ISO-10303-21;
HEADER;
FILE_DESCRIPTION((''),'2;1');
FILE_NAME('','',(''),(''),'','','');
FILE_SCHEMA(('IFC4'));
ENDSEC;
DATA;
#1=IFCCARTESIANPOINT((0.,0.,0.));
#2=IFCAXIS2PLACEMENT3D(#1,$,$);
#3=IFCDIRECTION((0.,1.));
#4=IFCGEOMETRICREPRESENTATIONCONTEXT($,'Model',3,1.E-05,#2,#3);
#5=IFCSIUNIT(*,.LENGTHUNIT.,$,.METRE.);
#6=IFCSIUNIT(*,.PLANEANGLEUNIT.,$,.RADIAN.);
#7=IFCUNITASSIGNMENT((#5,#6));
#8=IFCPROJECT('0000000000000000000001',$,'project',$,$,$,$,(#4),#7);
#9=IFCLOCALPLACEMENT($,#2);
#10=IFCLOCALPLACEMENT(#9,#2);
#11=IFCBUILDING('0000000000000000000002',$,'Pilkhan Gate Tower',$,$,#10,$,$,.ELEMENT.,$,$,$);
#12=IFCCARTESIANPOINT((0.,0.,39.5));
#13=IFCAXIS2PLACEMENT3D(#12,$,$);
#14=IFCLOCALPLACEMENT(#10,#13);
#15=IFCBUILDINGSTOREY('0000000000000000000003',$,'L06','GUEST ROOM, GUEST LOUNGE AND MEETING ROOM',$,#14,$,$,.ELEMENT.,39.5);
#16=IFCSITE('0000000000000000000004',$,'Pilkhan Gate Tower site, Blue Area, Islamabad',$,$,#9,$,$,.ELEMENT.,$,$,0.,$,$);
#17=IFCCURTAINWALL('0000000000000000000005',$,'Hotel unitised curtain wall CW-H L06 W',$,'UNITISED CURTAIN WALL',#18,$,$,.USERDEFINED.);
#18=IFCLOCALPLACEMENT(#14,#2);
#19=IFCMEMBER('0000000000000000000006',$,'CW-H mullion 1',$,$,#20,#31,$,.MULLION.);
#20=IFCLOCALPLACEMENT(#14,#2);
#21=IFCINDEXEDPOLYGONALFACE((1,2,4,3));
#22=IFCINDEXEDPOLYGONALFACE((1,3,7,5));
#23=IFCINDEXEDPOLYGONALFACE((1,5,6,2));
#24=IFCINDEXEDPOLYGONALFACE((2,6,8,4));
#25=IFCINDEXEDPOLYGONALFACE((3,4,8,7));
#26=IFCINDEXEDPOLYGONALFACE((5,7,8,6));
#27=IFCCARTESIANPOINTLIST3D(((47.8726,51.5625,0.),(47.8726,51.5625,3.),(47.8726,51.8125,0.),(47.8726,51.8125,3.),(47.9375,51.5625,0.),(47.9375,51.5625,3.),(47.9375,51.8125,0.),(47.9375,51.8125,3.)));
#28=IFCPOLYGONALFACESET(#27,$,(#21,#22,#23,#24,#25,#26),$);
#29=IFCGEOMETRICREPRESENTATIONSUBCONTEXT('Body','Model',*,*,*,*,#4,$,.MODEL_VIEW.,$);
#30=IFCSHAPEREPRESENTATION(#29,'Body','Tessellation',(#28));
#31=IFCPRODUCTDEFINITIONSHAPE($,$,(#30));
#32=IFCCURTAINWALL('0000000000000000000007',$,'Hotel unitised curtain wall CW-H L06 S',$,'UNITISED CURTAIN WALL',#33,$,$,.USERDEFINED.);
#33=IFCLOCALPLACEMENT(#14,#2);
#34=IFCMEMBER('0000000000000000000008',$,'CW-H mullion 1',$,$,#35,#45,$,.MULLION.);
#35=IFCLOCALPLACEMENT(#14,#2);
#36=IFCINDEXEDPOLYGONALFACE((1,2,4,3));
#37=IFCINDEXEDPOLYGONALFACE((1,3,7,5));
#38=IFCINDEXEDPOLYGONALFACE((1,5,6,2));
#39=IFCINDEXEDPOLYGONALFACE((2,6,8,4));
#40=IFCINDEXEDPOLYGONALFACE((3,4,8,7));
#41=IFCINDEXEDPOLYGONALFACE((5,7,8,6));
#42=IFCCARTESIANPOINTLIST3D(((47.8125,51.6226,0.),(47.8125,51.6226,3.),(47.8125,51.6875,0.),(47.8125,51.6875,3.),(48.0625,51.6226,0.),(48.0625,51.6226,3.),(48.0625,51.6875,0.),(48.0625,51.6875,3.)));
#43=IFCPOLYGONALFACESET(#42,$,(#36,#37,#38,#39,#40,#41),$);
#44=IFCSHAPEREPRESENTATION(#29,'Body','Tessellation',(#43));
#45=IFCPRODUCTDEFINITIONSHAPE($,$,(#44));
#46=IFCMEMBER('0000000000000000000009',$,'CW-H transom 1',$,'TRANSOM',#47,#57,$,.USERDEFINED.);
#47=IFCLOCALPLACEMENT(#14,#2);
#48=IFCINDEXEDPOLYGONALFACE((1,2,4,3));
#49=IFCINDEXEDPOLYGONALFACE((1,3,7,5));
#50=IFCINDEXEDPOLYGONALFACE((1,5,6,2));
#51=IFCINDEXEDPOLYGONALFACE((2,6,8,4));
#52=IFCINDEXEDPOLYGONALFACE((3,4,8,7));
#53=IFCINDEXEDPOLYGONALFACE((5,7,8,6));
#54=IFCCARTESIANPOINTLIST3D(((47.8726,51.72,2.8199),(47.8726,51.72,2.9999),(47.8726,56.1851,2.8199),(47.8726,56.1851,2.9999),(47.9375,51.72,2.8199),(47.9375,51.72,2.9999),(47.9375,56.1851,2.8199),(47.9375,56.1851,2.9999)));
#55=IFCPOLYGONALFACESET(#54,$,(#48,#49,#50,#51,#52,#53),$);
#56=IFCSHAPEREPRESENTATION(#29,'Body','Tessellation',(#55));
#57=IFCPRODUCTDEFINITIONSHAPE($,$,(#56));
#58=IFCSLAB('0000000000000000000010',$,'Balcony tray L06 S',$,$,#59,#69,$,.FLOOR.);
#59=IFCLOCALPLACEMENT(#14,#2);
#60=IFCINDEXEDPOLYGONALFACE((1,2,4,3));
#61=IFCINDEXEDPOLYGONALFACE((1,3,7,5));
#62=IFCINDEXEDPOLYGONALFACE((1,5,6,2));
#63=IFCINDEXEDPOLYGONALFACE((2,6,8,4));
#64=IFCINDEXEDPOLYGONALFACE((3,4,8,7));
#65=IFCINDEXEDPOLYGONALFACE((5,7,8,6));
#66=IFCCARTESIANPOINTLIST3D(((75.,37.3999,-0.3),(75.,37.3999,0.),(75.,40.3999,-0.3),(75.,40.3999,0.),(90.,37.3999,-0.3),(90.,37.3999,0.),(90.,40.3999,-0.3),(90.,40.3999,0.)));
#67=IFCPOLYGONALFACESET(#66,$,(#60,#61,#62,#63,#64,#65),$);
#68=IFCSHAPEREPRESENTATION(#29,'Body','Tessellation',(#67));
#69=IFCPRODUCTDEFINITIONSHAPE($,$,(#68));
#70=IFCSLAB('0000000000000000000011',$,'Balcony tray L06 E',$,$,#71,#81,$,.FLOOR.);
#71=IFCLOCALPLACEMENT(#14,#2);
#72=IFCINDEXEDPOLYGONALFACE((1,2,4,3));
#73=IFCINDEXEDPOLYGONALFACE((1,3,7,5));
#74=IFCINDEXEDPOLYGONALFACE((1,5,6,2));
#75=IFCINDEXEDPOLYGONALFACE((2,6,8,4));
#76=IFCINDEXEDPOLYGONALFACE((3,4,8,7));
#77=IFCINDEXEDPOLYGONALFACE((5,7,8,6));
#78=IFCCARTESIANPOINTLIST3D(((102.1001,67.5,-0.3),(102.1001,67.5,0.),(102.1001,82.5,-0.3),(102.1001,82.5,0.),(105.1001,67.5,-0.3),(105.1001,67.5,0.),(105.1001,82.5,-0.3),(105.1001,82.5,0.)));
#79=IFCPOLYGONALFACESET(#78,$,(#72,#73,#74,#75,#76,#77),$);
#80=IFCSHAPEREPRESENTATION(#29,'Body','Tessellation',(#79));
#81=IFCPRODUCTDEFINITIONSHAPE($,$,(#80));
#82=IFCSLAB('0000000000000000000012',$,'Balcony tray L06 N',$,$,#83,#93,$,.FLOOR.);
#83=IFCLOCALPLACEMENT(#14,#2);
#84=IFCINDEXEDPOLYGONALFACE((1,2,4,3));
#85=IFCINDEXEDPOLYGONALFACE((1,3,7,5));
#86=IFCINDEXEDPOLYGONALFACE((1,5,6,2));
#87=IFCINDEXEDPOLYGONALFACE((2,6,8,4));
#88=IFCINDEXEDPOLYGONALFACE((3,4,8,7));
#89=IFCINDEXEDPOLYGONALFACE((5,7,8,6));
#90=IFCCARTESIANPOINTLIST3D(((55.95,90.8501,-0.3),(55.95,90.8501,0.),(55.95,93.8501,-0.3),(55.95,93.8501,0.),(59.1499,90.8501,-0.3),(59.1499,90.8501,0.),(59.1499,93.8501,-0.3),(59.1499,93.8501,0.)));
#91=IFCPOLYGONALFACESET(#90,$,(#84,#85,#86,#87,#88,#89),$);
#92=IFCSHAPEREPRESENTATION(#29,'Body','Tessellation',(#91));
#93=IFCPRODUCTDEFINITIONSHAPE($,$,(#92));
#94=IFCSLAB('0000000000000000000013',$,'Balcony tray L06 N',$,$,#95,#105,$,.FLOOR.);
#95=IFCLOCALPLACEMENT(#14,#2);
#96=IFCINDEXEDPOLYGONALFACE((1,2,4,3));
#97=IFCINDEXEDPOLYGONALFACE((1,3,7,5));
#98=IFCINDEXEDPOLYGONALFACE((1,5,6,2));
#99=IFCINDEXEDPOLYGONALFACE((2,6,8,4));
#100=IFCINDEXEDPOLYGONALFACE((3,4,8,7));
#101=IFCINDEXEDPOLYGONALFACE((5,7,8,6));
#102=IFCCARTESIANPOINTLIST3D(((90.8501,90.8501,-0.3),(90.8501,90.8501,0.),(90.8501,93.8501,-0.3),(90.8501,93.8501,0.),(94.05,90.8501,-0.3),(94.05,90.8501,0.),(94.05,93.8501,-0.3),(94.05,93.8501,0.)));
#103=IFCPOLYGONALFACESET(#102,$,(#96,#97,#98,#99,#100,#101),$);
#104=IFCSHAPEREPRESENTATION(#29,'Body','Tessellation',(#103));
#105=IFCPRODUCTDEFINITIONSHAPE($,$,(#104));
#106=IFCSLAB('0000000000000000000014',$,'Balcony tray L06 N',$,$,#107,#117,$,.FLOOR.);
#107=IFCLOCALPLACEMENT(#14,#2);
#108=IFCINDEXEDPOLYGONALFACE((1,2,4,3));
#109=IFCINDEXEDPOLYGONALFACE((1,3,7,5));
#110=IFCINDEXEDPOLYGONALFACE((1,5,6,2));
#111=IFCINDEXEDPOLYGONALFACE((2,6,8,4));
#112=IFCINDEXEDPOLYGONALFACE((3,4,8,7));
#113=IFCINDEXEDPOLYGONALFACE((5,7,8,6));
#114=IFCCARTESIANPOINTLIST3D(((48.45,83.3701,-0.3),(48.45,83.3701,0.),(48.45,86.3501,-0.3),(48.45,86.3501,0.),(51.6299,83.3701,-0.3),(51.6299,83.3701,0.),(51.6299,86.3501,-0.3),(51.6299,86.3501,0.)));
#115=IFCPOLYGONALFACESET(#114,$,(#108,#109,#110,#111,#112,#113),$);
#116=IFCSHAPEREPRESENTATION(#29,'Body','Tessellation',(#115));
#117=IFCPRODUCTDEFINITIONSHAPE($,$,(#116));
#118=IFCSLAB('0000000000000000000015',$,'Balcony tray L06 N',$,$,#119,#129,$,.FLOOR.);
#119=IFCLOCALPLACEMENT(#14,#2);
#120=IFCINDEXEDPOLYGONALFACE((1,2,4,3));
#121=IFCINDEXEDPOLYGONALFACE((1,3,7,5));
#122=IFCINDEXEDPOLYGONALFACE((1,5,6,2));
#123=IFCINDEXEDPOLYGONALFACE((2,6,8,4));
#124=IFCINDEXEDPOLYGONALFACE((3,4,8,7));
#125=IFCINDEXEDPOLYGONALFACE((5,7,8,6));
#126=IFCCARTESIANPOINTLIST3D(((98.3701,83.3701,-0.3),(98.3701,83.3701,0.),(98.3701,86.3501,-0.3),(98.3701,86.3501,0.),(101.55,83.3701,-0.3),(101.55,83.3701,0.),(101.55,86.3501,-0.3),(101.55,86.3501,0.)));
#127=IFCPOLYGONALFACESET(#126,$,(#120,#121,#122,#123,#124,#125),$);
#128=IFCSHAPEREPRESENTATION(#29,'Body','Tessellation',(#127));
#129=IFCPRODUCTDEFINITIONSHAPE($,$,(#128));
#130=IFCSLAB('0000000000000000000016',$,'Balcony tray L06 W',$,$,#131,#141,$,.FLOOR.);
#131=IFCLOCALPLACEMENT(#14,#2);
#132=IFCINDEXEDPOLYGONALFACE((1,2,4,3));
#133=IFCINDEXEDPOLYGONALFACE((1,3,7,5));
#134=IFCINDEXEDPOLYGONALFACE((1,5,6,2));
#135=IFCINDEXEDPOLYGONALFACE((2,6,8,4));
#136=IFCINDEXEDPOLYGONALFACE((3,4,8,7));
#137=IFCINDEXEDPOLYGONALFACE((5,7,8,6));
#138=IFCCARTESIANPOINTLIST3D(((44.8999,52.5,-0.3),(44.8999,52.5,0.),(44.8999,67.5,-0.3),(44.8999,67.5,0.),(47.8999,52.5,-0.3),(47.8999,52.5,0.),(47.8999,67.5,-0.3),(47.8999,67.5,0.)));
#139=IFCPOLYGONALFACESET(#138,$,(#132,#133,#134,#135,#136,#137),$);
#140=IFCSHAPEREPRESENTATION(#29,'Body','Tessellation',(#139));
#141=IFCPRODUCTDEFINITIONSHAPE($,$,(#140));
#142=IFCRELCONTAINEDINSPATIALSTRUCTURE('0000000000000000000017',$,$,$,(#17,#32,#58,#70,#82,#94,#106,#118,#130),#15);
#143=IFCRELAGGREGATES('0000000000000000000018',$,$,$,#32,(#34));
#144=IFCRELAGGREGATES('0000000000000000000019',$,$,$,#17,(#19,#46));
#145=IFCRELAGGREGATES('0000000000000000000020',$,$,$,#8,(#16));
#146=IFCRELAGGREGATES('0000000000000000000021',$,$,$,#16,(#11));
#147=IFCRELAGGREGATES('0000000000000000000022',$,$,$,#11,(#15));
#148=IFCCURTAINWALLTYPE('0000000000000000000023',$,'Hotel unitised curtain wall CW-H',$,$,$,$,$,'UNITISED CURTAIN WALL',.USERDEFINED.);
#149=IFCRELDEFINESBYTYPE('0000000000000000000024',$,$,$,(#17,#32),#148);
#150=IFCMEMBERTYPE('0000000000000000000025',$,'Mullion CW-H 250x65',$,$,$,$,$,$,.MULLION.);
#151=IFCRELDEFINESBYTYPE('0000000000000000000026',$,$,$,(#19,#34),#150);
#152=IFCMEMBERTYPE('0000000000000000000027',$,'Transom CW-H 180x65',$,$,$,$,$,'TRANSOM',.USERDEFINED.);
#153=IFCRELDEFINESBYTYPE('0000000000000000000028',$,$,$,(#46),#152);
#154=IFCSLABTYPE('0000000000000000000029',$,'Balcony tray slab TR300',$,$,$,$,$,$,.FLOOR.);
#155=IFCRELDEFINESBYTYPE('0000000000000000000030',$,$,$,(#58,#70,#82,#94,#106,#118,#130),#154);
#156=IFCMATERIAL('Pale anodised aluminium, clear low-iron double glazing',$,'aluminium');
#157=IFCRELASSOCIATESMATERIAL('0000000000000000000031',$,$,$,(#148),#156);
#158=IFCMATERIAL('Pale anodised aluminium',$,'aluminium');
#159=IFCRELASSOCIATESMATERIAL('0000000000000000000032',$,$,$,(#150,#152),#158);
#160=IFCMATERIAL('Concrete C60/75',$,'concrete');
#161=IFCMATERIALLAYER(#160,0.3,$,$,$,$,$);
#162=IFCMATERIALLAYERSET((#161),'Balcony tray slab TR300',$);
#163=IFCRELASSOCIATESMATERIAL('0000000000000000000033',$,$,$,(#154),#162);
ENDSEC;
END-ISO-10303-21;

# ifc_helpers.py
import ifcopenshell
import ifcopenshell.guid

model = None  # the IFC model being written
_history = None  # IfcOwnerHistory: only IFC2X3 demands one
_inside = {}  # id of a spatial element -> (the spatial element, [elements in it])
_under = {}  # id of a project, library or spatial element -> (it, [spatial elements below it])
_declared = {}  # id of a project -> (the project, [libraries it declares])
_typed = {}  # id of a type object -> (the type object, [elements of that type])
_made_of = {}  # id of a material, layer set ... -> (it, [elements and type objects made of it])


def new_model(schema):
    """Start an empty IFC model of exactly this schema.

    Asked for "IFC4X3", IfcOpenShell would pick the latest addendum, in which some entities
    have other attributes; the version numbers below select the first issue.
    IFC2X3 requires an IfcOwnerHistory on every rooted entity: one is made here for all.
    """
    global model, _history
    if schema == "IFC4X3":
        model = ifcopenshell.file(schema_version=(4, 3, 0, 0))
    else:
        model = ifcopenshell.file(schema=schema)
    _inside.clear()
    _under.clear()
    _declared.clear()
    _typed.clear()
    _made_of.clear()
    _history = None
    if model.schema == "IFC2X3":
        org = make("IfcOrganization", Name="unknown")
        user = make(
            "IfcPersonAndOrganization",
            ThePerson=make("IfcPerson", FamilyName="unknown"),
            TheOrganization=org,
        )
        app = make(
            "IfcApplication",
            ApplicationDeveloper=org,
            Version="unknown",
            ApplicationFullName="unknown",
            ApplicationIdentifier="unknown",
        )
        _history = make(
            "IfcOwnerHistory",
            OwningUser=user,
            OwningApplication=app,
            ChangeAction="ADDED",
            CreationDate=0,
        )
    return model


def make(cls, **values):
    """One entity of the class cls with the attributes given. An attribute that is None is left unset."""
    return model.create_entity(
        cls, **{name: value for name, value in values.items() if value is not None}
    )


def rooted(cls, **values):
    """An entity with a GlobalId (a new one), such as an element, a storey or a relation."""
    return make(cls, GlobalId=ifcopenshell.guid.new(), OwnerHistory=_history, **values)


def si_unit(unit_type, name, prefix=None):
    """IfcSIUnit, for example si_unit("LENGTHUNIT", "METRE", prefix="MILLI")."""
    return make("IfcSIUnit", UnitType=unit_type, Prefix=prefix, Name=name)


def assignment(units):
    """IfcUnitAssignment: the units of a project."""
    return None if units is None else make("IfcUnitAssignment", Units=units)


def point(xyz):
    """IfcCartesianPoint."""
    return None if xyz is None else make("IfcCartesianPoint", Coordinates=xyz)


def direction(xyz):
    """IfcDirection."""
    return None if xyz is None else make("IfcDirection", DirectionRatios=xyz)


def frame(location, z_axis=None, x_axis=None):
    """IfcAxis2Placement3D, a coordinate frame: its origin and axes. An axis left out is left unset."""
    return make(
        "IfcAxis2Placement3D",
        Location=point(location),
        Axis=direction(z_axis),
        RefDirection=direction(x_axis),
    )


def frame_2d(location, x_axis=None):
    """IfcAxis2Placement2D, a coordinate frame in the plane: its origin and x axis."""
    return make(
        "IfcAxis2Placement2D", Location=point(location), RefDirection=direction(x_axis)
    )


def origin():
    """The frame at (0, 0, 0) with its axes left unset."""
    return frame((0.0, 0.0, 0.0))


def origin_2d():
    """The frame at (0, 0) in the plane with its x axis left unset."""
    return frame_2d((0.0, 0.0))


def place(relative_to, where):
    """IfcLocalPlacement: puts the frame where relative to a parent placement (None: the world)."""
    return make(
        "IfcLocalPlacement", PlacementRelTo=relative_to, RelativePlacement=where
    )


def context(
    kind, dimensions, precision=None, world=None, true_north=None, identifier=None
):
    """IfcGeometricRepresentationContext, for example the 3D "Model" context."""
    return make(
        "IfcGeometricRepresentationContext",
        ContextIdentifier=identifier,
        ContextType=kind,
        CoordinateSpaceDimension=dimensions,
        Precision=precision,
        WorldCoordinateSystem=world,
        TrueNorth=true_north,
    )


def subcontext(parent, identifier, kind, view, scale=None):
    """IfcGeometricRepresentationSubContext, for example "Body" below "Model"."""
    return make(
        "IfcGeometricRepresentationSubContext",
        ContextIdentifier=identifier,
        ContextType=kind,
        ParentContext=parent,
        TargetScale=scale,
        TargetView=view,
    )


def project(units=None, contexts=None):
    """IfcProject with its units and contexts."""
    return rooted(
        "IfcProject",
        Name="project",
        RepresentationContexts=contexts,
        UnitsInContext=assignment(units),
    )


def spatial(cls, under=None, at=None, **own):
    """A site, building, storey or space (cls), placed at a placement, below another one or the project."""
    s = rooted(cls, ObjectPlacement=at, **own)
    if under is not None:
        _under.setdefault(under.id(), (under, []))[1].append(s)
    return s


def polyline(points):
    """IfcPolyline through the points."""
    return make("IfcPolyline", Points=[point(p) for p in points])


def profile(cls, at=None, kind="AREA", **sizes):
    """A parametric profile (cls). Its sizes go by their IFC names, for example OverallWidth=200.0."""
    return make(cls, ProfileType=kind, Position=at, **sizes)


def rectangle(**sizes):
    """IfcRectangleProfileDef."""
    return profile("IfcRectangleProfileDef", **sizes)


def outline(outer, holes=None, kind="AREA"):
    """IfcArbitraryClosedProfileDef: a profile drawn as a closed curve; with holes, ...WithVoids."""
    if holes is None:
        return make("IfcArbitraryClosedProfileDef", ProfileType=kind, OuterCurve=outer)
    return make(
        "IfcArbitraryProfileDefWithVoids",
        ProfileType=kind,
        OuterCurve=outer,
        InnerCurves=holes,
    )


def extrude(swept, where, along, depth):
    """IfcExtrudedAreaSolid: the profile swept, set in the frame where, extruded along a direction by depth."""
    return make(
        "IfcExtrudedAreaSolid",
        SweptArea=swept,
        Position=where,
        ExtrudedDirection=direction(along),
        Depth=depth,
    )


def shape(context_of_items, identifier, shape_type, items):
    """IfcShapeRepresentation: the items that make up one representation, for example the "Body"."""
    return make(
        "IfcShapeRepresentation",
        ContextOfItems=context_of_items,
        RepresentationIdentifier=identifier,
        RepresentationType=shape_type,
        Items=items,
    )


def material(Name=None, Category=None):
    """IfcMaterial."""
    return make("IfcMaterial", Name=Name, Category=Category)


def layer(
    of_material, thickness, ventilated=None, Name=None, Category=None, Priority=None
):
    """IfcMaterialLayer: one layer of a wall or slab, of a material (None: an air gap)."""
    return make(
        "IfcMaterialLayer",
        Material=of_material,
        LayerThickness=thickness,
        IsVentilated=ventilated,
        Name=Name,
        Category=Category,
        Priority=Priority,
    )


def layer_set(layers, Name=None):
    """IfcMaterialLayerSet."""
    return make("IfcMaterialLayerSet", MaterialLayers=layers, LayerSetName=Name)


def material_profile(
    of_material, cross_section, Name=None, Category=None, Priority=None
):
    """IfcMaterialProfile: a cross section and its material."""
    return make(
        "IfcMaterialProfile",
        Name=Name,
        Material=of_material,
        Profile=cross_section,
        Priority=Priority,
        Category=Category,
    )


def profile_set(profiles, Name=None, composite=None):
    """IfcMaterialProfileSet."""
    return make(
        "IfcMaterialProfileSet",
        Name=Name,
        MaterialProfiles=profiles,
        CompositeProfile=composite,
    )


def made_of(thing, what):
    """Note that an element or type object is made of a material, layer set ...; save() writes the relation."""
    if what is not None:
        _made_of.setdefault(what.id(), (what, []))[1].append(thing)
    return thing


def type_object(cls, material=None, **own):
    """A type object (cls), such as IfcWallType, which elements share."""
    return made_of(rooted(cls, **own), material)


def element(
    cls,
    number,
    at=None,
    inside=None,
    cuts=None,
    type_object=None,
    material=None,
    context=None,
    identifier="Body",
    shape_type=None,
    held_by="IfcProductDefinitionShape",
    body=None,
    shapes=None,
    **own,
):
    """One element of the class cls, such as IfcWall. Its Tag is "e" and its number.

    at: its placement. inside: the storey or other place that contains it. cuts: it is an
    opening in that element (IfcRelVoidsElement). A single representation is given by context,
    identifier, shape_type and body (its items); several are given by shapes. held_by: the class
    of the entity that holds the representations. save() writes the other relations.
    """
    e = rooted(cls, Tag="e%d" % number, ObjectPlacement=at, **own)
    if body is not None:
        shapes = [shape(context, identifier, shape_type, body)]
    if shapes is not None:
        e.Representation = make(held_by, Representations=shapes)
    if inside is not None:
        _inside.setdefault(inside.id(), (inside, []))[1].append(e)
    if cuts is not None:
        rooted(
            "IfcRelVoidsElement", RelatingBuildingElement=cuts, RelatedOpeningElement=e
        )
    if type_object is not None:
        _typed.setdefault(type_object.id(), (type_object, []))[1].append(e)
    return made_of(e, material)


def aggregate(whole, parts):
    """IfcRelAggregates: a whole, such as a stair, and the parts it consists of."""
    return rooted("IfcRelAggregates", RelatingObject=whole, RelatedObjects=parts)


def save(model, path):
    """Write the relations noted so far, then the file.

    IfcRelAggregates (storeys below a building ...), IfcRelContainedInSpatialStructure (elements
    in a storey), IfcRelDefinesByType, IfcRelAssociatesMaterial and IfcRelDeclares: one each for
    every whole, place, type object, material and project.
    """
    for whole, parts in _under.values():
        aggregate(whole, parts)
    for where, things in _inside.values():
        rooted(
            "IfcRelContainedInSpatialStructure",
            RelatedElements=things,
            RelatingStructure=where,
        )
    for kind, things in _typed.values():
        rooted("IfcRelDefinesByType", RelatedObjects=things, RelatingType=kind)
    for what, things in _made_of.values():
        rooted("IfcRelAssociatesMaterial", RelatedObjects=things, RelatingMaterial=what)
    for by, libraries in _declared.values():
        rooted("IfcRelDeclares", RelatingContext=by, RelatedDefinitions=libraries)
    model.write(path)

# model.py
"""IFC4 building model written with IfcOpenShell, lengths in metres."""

from ifc_helpers import new_model, si_unit, direction, frame, origin, origin_2d, place, context, subcontext, project, spatial, polyline, rectangle, outline, extrude, material, layer, layer_set, material_profile, profile_set, type_object, element, aggregate, save


model = new_model("IFC4")

# Units and contexts
model_context = context("Model", 3, precision=1e-05, world=origin(), true_north=direction((0.0, 1.0)))
body_context = subcontext(model_context, "Body", "Model", "MODEL_VIEW")
ifc_project = project(units=[si_unit("LENGTHUNIT", "METRE"), si_unit("PLANEANGLEUNIT", "RADIAN")], contexts=[model_context])

# Site, building, storey
site_placement = place(None, origin())
site = spatial("IfcSite", under=ifc_project, at=site_placement, Name="Pilkhan Gate Tower site, Blue Area, Islamabad", CompositionType="ELEMENT", RefElevation=0.0)
building_placement = place(site_placement, origin())
building = spatial("IfcBuilding", under=site, at=building_placement, Name="Pilkhan Gate Tower", CompositionType="ELEMENT")
storey_placement = place(building_placement, frame((0.0, 0.0, 39.5)))
storey = spatial("IfcBuildingStorey", under=building, at=storey_placement, Name="L06", Description="GUEST ROOM, GUEST LOUNGE AND MEETING ROOM", CompositionType="ELEMENT", Elevation=39.5)

# Curtain walls, members
ifc_material_1 = material(Name="Pale anodised aluminium, clear low-iron double glazing", Category="aluminium")
curtain_wall_type = type_object("IfcCurtainWallType", Name="Hotel unitised curtain wall CW-H", ElementType="UNITISED CURTAIN WALL", PredefinedType="USERDEFINED", material=ifc_material_1)
curtain_wall_1_placement = place(storey_placement, origin())
curtain_wall_1 = element("IfcCurtainWall", 1, at=curtain_wall_1_placement, inside=storey, type_object=curtain_wall_type, Name="Hotel unitised curtain wall CW-H L06 W", ObjectType="UNITISED CURTAIN WALL", PredefinedType="USERDEFINED")
ifc_material_2 = material(Name="Pale anodised aluminium", Category="aluminium")
ifc_material_profile_1 = material_profile(ifc_material_2, rectangle(XDim=0.0649, YDim=0.25, at=origin_2d()), Name="Mullion 250x65")
ifc_profile_set_1 = profile_set([ifc_material_profile_1], Name="Pale anodised aluminium")
member_type_1 = type_object("IfcMemberType", Name="Mullion CW-H 250x65", PredefinedType="MULLION", material=ifc_profile_set_1)
member_1_placement = place(storey_placement, frame((47.905, 51.6875, 0.0), z_axis=(0.0, 0.0, 1.0), x_axis=(-1.0, 0.0, 0.0)))
member_1 = element("IfcMember", 2, at=member_1_placement, type_object=member_type_1, Name="CW-H mullion 1", PredefinedType="MULLION", context=body_context, shape_type="SweptSolid", body=[
    extrude(rectangle(XDim=0.0649, YDim=0.25, at=origin_2d()), origin(), (0.0, 0.0, 1.0), 3.0),
])
curtain_wall_2_placement = place(storey_placement, origin())
curtain_wall_2 = element("IfcCurtainWall", 3, at=curtain_wall_2_placement, inside=storey, type_object=curtain_wall_type, Name="Hotel unitised curtain wall CW-H L06 S", ObjectType="UNITISED CURTAIN WALL", PredefinedType="USERDEFINED")
member_2_placement = place(storey_placement, frame((47.9375, 51.655, 0.0), z_axis=(0.0, 0.0, 1.0), x_axis=(0.0, 1.0, 0.0)))
member_2 = element("IfcMember", 4, at=member_2_placement, type_object=member_type_1, Name="CW-H mullion 1", PredefinedType="MULLION", context=body_context, shape_type="SweptSolid", body=[
    extrude(rectangle(XDim=0.0649, YDim=0.25, at=origin_2d()), origin(), (0.0, 0.0, 1.0), 3.0),
])
aggregate(curtain_wall_2, [member_2])

# Member
ifc_material_profile_2 = material_profile(ifc_material_2, rectangle(XDim=0.0649, YDim=0.1799, at=origin_2d()), Name="Transom 180x65")
ifc_profile_set_2 = profile_set([ifc_material_profile_2], Name="Pale anodised aluminium")
member_type_2 = type_object("IfcMemberType", Name="Transom CW-H 180x65", ElementType="TRANSOM", PredefinedType="USERDEFINED", material=ifc_profile_set_2)
member_3_placement = place(storey_placement, frame((47.905, 51.72, 2.9099), z_axis=(0.0, 1.0, 0.0), x_axis=(-1.0, 0.0, 0.0)))
member_3 = element("IfcMember", 5, at=member_3_placement, type_object=member_type_2, Name="CW-H transom 1", ObjectType="TRANSOM", PredefinedType="USERDEFINED", context=body_context, shape_type="SweptSolid", body=[
    extrude(rectangle(XDim=0.0649, YDim=0.1799, at=origin_2d()), origin(), (0.0, 0.0, 1.0), 4.4651),
])
aggregate(curtain_wall_1, [member_1, member_3])

# Slabs
ifc_material_3 = material(Name="Concrete C60/75", Category="concrete")
ifc_layer_1 = layer(ifc_material_3, 0.3)
ifc_layer_set_1 = layer_set([ifc_layer_1], Name="Balcony tray slab TR300")
slab_type_1 = type_object("IfcSlabType", Name="Balcony tray slab TR300", PredefinedType="FLOOR", material=ifc_layer_set_1)
slab_1_placement = place(storey_placement, frame((0.0, 0.0, -0.3)))
element("IfcSlab", 6, at=slab_1_placement, inside=storey, type_object=slab_type_1, Name="Balcony tray L06 S", PredefinedType="FLOOR", context=body_context, shape_type="SweptSolid", body=[
    extrude(outline(polyline([(90.0, 37.3999), (90.0, 40.3999), (75.0, 40.3999), (75.0, 37.3999), (90.0, 37.3999)])), origin(), (0.0, 0.0, 1.0), 0.3),
])
slab_2_placement = place(storey_placement, frame((0.0, 0.0, -0.3)))
element("IfcSlab", 7, at=slab_2_placement, inside=storey, type_object=slab_type_1, Name="Balcony tray L06 E", PredefinedType="FLOOR", context=body_context, shape_type="SweptSolid", body=[
    extrude(outline(polyline([(105.1001, 67.5), (105.1001, 82.5), (102.1001, 82.5), (102.1001, 67.5), (105.1001, 67.5)])), origin(), (0.0, 0.0, 1.0), 0.3),
])
slab_3_placement = place(storey_placement, frame((0.0, 0.0, -0.3)))
element("IfcSlab", 8, at=slab_3_placement, inside=storey, type_object=slab_type_1, Name="Balcony tray L06 N", PredefinedType="FLOOR", context=body_context, shape_type="SweptSolid", body=[
    extrude(outline(polyline([(59.1499, 90.8501), (59.1499, 93.8501), (55.95, 93.8501), (55.95, 90.8501), (59.1499, 90.8501)])), origin(), (0.0, 0.0, 1.0), 0.3),
])
slab_4_placement = place(storey_placement, frame((0.0, 0.0, -0.3)))
element("IfcSlab", 9, at=slab_4_placement, inside=storey, type_object=slab_type_1, Name="Balcony tray L06 N", PredefinedType="FLOOR", context=body_context, shape_type="SweptSolid", body=[
    extrude(outline(polyline([(94.05, 90.8501), (94.05, 93.8501), (90.8501, 93.8501), (90.8501, 90.8501), (94.05, 90.8501)])), origin(), (0.0, 0.0, 1.0), 0.3),
])
slab_5_placement = place(storey_placement, frame((0.0, 0.0, -0.3)))
element("IfcSlab", 10, at=slab_5_placement, inside=storey, type_object=slab_type_1, Name="Balcony tray L06 N", PredefinedType="FLOOR", context=body_context, shape_type="SweptSolid", body=[
    extrude(outline(polyline([(51.6299, 83.3701), (51.6299, 86.3501), (48.45, 86.3501), (48.45, 83.3701), (51.6299, 83.3701)])), origin(), (0.0, 0.0, 1.0), 0.3),
])
slab_6_placement = place(storey_placement, frame((0.0, 0.0, -0.3)))
element("IfcSlab", 11, at=slab_6_placement, inside=storey, type_object=slab_type_1, Name="Balcony tray L06 N", PredefinedType="FLOOR", context=body_context, shape_type="SweptSolid", body=[
    extrude(outline(polyline([(101.55, 83.3701), (101.55, 86.3501), (98.3701, 86.3501), (98.3701, 83.3701), (101.55, 83.3701)])), origin(), (0.0, 0.0, 1.0), 0.3),
])
slab_7_placement = place(storey_placement, frame((0.0, 0.0, -0.3)))
element("IfcSlab", 12, at=slab_7_placement, inside=storey, type_object=slab_type_1, Name="Balcony tray L06 W", PredefinedType="FLOOR", context=body_context, shape_type="SweptSolid", body=[
    extrude(outline(polyline([(47.8999, 52.5), (47.8999, 67.5), (44.8999, 67.5), (44.8999, 52.5), (47.8999, 52.5)])), origin(), (0.0, 0.0, 1.0), 0.3),
])

save(model, "model.ifc")
